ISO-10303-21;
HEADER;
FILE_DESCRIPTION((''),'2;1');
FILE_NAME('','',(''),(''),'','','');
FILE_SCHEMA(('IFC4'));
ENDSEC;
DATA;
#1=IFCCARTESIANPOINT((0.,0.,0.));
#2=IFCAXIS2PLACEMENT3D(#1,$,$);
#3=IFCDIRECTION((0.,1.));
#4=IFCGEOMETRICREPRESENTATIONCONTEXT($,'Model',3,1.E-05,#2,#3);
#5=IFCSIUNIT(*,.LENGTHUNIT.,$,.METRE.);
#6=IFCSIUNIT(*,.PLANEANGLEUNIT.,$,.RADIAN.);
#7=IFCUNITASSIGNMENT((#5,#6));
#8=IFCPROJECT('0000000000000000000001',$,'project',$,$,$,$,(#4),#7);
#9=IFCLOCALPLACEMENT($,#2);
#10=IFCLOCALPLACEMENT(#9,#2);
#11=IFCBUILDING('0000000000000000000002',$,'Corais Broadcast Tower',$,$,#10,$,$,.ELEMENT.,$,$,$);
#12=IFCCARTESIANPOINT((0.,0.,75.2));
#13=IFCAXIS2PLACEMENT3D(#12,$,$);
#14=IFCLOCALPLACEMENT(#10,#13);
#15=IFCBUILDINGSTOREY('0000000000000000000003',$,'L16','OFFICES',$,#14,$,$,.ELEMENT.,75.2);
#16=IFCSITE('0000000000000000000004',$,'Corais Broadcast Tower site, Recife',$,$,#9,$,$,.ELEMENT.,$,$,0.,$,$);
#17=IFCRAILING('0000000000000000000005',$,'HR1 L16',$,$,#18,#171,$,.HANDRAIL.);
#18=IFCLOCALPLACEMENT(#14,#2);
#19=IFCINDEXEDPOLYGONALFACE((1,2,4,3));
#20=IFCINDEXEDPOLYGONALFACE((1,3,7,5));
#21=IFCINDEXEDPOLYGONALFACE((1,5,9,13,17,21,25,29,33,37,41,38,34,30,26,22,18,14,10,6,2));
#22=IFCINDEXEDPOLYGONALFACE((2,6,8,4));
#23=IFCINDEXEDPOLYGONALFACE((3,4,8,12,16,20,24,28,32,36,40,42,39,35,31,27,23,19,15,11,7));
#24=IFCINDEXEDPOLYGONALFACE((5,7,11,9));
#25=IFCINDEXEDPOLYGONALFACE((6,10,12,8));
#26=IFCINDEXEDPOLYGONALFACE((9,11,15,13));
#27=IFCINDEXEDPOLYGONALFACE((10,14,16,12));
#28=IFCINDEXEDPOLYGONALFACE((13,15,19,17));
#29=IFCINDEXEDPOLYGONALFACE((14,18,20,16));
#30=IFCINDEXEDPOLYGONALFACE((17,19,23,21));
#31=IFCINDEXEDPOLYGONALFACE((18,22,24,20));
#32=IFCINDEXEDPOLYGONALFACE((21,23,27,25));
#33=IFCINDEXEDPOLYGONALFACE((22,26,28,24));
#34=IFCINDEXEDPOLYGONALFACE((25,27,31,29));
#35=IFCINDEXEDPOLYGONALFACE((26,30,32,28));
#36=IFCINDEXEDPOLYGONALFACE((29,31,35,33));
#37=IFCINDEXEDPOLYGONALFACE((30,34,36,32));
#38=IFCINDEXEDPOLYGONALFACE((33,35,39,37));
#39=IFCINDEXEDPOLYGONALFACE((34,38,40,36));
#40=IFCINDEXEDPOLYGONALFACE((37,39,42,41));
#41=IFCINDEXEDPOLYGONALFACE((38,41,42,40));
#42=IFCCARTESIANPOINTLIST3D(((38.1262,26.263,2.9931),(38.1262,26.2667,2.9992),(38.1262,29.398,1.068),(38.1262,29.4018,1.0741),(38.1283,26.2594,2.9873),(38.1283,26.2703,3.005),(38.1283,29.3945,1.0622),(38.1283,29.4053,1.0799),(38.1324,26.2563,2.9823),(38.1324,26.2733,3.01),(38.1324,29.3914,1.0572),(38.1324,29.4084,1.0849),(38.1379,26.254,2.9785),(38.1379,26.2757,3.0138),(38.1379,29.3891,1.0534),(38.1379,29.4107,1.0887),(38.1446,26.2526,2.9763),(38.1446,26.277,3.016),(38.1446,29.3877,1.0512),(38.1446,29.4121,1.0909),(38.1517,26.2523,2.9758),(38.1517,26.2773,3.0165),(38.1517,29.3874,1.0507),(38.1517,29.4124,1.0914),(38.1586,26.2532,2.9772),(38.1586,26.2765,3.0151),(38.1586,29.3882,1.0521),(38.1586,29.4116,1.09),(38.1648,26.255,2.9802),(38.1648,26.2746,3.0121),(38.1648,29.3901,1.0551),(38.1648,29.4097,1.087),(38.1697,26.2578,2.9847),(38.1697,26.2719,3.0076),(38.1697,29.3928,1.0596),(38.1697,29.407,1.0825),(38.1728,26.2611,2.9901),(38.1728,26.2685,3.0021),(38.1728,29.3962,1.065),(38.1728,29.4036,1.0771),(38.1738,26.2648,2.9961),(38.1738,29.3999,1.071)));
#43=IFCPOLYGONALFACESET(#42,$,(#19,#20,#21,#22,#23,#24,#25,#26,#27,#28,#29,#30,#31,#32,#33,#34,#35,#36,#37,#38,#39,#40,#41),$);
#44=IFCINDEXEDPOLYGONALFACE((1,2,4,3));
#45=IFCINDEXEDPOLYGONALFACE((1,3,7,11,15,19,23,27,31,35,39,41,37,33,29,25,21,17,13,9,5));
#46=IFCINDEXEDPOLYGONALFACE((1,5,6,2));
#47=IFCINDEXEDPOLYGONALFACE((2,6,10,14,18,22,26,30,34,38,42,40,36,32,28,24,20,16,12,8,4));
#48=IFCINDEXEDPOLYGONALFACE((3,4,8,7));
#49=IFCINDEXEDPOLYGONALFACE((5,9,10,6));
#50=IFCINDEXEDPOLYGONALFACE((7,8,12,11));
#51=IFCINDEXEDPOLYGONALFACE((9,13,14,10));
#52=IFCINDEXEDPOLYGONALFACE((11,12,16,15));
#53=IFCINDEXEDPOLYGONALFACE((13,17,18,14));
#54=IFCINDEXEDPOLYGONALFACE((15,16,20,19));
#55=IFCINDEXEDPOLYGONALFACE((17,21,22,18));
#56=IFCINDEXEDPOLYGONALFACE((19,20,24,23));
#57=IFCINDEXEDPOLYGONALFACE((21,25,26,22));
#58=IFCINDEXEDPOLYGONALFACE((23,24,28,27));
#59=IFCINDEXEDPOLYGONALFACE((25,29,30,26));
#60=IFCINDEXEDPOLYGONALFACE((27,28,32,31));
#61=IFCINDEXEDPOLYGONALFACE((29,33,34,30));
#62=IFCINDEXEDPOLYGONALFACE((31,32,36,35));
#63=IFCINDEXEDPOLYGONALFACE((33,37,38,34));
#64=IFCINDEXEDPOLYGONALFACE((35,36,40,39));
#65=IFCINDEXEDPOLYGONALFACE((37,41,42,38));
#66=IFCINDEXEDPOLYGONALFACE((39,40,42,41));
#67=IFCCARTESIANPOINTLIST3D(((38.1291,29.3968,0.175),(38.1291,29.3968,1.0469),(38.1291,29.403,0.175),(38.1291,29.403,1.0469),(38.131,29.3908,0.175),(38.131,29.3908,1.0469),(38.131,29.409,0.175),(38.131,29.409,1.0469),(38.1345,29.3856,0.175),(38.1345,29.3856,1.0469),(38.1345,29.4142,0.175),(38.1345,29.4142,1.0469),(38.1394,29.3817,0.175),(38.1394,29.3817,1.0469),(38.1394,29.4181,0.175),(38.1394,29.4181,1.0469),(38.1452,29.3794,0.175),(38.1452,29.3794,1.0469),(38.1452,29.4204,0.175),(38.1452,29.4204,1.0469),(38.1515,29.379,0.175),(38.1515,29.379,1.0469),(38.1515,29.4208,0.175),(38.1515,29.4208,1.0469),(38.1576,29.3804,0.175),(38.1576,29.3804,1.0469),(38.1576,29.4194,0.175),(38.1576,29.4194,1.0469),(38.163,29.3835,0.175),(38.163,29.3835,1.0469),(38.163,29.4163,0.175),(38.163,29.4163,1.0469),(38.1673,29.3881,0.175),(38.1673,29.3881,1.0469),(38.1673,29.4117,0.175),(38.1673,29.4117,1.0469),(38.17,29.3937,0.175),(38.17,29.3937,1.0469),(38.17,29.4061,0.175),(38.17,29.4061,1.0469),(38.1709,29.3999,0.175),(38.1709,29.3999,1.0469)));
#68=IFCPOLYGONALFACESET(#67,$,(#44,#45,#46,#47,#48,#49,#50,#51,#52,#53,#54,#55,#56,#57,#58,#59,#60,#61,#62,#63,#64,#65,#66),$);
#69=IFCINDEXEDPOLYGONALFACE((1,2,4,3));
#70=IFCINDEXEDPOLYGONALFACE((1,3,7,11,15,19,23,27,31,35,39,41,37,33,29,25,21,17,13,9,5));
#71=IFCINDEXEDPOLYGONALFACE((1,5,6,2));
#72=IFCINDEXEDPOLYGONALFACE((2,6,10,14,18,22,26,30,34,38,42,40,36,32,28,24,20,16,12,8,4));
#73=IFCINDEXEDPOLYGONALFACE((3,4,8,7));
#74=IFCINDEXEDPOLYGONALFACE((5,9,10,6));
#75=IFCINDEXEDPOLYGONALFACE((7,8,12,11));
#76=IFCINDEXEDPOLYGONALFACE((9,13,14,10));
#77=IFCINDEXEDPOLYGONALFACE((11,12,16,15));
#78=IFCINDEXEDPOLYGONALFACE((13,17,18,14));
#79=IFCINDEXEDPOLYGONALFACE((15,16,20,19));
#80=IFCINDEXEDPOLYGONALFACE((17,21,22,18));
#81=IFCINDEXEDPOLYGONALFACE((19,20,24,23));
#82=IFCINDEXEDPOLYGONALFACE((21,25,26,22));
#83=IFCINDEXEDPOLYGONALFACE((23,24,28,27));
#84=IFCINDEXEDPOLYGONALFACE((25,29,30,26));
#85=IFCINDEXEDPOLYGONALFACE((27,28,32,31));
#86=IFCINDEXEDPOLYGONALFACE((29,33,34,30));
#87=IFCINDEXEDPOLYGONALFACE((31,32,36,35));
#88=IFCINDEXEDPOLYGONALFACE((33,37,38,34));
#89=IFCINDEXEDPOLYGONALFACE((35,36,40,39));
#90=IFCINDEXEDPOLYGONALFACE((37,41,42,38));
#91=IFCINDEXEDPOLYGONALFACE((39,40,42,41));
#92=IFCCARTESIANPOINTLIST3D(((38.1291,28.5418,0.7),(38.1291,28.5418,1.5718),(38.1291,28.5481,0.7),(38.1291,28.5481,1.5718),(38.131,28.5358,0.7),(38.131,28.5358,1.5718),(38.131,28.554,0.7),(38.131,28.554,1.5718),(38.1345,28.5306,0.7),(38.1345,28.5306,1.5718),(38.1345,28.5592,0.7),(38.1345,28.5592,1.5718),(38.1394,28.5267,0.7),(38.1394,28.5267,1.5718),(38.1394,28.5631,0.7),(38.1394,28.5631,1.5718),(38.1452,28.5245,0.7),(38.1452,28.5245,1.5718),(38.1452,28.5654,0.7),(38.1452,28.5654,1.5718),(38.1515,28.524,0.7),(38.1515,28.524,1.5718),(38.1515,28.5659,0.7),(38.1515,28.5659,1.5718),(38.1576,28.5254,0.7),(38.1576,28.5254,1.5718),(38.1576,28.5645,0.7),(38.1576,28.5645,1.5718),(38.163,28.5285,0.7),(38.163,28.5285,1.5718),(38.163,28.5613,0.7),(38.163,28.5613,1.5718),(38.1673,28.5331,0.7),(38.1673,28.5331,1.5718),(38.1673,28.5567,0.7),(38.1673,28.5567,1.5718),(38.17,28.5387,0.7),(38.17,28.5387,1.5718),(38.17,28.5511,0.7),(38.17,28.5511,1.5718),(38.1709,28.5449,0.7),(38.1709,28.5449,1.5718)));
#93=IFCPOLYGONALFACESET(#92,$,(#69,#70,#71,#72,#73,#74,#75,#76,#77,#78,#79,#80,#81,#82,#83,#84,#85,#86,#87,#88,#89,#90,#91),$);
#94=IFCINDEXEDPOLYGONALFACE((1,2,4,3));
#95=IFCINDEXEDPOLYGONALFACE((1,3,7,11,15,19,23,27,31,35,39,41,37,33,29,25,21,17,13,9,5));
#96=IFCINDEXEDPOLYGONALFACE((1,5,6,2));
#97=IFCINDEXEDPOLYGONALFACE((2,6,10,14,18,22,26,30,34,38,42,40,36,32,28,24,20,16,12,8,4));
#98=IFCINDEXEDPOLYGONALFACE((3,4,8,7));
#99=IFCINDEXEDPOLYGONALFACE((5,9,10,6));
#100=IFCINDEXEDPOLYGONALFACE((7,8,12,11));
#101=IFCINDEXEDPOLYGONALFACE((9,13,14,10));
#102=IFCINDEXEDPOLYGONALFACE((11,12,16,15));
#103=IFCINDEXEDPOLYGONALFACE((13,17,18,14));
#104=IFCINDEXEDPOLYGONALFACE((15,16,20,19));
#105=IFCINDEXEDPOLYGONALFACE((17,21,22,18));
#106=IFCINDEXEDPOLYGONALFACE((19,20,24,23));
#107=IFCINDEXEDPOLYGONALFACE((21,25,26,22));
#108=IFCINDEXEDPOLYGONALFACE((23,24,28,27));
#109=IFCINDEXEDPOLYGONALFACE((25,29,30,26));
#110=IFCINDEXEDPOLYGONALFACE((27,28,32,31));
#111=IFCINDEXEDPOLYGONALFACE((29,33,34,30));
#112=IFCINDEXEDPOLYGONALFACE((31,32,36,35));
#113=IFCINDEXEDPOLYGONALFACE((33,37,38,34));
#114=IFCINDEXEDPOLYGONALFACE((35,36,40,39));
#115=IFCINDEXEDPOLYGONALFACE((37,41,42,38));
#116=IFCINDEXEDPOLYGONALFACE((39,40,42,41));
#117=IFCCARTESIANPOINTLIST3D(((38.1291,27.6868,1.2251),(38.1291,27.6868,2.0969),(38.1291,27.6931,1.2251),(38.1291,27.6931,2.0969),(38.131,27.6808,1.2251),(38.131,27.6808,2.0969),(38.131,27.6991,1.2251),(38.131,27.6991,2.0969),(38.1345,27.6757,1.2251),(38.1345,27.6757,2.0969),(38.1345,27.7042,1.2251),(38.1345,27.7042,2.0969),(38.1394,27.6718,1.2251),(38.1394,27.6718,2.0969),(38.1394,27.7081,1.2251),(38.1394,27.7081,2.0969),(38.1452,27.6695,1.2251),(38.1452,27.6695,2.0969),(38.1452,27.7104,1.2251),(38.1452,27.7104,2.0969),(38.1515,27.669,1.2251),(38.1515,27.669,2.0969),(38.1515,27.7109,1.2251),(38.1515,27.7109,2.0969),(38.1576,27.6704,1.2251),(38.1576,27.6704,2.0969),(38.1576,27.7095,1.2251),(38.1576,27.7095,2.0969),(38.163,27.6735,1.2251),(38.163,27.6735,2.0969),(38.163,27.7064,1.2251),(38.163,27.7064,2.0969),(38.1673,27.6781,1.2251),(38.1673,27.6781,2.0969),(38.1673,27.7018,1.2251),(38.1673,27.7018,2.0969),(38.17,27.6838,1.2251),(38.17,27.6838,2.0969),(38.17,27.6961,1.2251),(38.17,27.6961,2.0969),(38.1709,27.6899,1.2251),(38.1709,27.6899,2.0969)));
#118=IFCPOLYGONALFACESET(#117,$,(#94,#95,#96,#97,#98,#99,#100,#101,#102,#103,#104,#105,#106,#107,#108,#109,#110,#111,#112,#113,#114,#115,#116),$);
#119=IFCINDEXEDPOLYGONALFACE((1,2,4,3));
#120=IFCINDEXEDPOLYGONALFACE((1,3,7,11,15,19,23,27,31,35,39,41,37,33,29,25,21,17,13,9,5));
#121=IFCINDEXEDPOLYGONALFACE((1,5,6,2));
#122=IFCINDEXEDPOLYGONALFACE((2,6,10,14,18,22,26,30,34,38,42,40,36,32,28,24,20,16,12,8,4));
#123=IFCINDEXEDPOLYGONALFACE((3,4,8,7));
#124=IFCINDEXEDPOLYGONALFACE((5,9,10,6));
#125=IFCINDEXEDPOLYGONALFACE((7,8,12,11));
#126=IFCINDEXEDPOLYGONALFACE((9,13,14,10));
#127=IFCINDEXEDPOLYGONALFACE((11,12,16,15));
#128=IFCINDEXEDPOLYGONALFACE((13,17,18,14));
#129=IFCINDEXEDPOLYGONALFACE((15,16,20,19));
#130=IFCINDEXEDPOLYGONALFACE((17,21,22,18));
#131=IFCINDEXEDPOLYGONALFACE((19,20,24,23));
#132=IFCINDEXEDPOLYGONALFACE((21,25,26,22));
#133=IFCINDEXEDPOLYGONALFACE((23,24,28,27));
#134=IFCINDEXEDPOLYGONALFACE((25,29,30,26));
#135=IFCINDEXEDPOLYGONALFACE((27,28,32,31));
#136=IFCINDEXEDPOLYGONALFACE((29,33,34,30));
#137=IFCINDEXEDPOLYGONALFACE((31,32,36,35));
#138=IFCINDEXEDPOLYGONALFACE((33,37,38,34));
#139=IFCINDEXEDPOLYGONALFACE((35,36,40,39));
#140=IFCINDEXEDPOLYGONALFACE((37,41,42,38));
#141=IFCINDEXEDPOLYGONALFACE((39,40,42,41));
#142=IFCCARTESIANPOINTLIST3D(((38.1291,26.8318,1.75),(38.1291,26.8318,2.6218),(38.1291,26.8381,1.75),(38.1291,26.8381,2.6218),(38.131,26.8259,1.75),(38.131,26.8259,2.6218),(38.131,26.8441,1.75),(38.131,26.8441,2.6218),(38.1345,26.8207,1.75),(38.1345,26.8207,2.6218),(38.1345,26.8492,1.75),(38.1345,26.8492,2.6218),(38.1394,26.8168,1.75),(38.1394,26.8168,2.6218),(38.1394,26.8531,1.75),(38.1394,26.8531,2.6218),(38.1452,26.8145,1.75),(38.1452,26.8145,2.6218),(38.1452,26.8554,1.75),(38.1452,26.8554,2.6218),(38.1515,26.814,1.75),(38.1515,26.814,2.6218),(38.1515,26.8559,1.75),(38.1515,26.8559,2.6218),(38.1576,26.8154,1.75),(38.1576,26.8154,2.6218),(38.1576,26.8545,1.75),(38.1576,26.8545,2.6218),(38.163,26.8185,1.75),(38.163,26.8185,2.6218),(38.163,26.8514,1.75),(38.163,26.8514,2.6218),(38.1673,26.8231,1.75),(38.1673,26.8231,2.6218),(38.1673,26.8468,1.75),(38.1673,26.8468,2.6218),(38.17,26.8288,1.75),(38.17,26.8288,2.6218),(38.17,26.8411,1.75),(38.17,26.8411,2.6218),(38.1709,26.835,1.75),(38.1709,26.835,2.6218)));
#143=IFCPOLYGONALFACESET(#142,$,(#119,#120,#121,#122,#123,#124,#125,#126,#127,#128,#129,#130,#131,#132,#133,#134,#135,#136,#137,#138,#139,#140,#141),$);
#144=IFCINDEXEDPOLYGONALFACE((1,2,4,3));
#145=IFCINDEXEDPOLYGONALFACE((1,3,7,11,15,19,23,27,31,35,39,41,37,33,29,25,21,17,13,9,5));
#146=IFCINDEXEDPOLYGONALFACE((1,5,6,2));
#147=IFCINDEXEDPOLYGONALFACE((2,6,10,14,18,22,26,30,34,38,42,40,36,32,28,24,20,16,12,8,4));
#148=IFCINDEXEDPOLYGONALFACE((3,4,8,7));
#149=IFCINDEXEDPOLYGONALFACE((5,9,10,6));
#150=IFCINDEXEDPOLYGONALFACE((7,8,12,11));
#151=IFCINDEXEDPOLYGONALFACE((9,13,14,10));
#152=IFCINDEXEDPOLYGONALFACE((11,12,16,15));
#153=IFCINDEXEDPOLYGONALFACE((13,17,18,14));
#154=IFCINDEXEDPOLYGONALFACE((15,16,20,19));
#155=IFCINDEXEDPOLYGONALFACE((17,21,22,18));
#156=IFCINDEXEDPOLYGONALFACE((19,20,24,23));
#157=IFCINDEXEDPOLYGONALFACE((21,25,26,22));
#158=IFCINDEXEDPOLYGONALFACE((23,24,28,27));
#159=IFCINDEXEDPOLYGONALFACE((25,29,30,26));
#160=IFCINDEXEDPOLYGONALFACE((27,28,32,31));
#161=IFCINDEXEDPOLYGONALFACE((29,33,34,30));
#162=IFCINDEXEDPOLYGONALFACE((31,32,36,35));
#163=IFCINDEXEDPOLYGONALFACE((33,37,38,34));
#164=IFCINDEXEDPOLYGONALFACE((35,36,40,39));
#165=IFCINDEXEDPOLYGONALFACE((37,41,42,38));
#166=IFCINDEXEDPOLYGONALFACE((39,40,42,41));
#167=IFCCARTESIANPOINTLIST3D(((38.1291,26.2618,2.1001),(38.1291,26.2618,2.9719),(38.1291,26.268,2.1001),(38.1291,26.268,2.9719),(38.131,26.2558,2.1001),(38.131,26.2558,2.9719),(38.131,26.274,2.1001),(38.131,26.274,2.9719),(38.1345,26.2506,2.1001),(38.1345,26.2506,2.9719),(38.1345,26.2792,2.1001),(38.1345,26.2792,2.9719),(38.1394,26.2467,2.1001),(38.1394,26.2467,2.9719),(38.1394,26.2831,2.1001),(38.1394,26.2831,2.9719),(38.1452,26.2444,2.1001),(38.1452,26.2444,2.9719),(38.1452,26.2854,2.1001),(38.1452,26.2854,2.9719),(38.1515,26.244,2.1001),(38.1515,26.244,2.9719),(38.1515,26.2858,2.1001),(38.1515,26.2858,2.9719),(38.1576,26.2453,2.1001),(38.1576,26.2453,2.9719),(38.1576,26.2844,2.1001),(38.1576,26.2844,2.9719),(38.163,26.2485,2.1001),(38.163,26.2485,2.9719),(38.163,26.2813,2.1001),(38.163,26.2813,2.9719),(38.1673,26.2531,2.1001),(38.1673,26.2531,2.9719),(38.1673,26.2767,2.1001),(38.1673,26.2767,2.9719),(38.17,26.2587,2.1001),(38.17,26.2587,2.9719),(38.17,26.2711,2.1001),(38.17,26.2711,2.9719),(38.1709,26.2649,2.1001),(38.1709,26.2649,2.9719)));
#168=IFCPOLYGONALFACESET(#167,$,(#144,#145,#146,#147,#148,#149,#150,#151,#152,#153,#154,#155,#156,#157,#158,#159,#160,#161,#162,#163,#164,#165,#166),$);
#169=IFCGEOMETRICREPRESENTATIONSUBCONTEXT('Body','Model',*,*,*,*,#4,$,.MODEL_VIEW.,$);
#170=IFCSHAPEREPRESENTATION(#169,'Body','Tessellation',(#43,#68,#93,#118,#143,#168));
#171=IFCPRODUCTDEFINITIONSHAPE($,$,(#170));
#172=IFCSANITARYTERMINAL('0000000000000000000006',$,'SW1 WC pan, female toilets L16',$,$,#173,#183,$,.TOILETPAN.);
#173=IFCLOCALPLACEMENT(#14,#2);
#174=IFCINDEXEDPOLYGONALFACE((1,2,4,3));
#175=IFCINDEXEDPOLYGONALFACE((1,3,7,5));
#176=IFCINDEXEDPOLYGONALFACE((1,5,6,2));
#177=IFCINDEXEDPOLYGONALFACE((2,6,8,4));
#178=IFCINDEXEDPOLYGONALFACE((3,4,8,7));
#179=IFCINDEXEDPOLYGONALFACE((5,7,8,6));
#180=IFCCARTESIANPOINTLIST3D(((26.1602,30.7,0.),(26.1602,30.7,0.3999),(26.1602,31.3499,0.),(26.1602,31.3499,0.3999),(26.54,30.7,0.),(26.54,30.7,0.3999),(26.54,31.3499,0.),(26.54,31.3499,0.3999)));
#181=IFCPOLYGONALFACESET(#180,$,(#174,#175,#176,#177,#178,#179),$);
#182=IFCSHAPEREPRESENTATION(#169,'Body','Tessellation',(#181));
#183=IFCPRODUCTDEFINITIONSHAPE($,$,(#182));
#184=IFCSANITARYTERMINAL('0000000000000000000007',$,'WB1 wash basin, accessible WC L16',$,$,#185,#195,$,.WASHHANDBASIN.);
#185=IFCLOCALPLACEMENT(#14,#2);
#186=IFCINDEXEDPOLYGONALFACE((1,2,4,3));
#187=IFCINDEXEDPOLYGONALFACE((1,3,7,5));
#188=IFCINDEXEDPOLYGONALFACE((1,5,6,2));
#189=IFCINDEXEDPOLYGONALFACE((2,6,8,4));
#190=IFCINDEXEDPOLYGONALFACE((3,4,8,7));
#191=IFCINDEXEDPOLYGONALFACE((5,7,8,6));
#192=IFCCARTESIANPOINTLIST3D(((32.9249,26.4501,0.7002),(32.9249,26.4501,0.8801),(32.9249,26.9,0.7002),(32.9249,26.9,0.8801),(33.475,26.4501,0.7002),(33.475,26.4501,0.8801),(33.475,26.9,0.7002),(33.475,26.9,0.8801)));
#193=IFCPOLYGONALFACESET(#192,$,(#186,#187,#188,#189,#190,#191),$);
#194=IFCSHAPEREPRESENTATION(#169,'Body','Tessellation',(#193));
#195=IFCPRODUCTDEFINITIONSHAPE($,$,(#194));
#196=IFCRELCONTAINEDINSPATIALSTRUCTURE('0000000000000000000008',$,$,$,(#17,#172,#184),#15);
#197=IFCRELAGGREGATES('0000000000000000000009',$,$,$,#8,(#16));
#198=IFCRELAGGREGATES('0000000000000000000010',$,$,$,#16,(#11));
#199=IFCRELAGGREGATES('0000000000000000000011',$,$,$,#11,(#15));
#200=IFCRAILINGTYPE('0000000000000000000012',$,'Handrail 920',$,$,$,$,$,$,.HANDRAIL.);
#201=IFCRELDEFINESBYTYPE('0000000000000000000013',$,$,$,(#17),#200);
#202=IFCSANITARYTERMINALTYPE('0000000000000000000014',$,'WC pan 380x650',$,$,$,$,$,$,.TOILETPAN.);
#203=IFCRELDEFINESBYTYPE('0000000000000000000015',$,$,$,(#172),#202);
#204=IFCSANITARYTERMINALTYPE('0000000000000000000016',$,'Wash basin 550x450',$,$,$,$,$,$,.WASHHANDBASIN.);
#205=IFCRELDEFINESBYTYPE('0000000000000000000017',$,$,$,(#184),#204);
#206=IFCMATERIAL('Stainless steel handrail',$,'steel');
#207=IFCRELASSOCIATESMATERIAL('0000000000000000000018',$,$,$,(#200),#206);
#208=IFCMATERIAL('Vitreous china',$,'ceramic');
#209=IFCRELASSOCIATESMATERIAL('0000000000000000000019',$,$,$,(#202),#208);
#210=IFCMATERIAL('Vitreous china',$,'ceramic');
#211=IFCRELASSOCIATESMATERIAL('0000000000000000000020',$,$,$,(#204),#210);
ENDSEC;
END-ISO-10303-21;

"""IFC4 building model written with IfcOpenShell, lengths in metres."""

from ifc_helpers import new_model, si_unit, direction, frame, origin, origin_2d, place, context, subcontext, project, spatial, rectangle, circle, extrude, material, type_object, element, save


model = new_model("IFC4")

# Units and contexts
model_context = context("Model", 3, precision=1e-05, world=origin(), true_north=direction((0.0, 1.0)))
body_context = subcontext(model_context, "Body", "Model", "MODEL_VIEW")
ifc_project = project(units=[si_unit("LENGTHUNIT", "METRE"), si_unit("PLANEANGLEUNIT", "RADIAN")], contexts=[model_context])

# Site, building, storey
site_placement = place(None, origin())
site = spatial("IfcSite", under=ifc_project, at=site_placement, Name="Corais Broadcast Tower site, Recife", CompositionType="ELEMENT", RefElevation=0.0)
building_placement = place(site_placement, origin())
building = spatial("IfcBuilding", under=site, at=building_placement, Name="Corais Broadcast Tower", CompositionType="ELEMENT")
storey_placement = place(building_placement, frame((0.0, 0.0, 75.2)))
storey = spatial("IfcBuildingStorey", under=building, at=storey_placement, Name="L16", Description="OFFICES", CompositionType="ELEMENT", Elevation=75.2)

# Railing
ifc_material_1 = material(Name="Stainless steel handrail", Category="steel")
railing_type = type_object("IfcRailingType", Name="Handrail 920", PredefinedType="HANDRAIL", material=ifc_material_1)
for number, where, name in (
    (1, (38.1499, 29.3999, 0.175), "HR1 L16"),
):
    element("IfcRailing", number, at=place(storey_placement, frame(where)), inside=storey, type_object=railing_type, Name=name, PredefinedType="HANDRAIL", context=body_context, shape_type="SweptSolid", body=[
        extrude(circle(Radius=0.0239, at=origin_2d()), frame((0.0, 0.0, 0.896), z_axis=(0.0, -0.852166, 0.523271), x_axis=(1.0, 0.0, 0.0)), (0.0, 0.0, 1.0), 3.679),
        extrude(circle(Radius=0.021, at=origin_2d()), origin(), (0.0, 0.0, 1.0), 0.8718),
        extrude(circle(Radius=0.021, at=origin_2d()), frame((0.0, -0.855, 0.5249)), (0.0, 0.0, 1.0), 0.8718),
        extrude(circle(Radius=0.021, at=origin_2d()), frame((0.0, -1.71, 1.05)), (0.0, 0.0, 1.0), 0.8718),
        extrude(circle(Radius=0.021, at=origin_2d()), frame((0.0, -2.5649, 1.575)), (0.0, 0.0, 1.0), 0.8718),
        extrude(circle(Radius=0.021, at=origin_2d()), frame((0.0, -3.135, 1.925)), (0.0, 0.0, 1.0), 0.8718),
    ])

# Sanitary terminals
ifc_material_2 = material(Name="Vitreous china", Category="ceramic")
sanitary_terminal_type_1 = type_object("IfcSanitaryTerminalType", Name="WC pan 380x650", PredefinedType="TOILETPAN", material=ifc_material_2)
sanitary_terminal_1_placement = place(storey_placement, frame((26.3501, 31.0249, 0.0), z_axis=(0.0, 0.0, 1.0), x_axis=(1.0, 0.0, 0.0)))
element("IfcSanitaryTerminal", 2, at=sanitary_terminal_1_placement, inside=storey, type_object=sanitary_terminal_type_1, Name="SW1 WC pan, female toilets L16", PredefinedType="TOILETPAN", context=body_context, shape_type="SweptSolid", body=[
    extrude(rectangle(XDim=0.3799, YDim=0.6499, at=origin_2d()), origin(), (0.0, 0.0, 1.0), 0.3999),
])
ifc_material_3 = material(Name="Vitreous china", Category="ceramic")
sanitary_terminal_type_2 = type_object("IfcSanitaryTerminalType", Name="Wash basin 550x450", PredefinedType="WASHHANDBASIN", material=ifc_material_3)
sanitary_terminal_2_placement = place(storey_placement, frame((33.2, 26.675, 0.7002), z_axis=(0.0, 0.0, 1.0), x_axis=(1.0, 0.0, 0.0)))
element("IfcSanitaryTerminal", 3, at=sanitary_terminal_2_placement, inside=storey, type_object=sanitary_terminal_type_2, Name="WB1 wash basin, accessible WC L16", PredefinedType="WASHHANDBASIN", context=body_context, shape_type="SweptSolid", body=[
    extrude(rectangle(XDim=0.55, YDim=0.45, at=origin_2d()), origin(), (0.0, 0.0, 1.0), 0.1799),
])

save(model, "model.ifc")
